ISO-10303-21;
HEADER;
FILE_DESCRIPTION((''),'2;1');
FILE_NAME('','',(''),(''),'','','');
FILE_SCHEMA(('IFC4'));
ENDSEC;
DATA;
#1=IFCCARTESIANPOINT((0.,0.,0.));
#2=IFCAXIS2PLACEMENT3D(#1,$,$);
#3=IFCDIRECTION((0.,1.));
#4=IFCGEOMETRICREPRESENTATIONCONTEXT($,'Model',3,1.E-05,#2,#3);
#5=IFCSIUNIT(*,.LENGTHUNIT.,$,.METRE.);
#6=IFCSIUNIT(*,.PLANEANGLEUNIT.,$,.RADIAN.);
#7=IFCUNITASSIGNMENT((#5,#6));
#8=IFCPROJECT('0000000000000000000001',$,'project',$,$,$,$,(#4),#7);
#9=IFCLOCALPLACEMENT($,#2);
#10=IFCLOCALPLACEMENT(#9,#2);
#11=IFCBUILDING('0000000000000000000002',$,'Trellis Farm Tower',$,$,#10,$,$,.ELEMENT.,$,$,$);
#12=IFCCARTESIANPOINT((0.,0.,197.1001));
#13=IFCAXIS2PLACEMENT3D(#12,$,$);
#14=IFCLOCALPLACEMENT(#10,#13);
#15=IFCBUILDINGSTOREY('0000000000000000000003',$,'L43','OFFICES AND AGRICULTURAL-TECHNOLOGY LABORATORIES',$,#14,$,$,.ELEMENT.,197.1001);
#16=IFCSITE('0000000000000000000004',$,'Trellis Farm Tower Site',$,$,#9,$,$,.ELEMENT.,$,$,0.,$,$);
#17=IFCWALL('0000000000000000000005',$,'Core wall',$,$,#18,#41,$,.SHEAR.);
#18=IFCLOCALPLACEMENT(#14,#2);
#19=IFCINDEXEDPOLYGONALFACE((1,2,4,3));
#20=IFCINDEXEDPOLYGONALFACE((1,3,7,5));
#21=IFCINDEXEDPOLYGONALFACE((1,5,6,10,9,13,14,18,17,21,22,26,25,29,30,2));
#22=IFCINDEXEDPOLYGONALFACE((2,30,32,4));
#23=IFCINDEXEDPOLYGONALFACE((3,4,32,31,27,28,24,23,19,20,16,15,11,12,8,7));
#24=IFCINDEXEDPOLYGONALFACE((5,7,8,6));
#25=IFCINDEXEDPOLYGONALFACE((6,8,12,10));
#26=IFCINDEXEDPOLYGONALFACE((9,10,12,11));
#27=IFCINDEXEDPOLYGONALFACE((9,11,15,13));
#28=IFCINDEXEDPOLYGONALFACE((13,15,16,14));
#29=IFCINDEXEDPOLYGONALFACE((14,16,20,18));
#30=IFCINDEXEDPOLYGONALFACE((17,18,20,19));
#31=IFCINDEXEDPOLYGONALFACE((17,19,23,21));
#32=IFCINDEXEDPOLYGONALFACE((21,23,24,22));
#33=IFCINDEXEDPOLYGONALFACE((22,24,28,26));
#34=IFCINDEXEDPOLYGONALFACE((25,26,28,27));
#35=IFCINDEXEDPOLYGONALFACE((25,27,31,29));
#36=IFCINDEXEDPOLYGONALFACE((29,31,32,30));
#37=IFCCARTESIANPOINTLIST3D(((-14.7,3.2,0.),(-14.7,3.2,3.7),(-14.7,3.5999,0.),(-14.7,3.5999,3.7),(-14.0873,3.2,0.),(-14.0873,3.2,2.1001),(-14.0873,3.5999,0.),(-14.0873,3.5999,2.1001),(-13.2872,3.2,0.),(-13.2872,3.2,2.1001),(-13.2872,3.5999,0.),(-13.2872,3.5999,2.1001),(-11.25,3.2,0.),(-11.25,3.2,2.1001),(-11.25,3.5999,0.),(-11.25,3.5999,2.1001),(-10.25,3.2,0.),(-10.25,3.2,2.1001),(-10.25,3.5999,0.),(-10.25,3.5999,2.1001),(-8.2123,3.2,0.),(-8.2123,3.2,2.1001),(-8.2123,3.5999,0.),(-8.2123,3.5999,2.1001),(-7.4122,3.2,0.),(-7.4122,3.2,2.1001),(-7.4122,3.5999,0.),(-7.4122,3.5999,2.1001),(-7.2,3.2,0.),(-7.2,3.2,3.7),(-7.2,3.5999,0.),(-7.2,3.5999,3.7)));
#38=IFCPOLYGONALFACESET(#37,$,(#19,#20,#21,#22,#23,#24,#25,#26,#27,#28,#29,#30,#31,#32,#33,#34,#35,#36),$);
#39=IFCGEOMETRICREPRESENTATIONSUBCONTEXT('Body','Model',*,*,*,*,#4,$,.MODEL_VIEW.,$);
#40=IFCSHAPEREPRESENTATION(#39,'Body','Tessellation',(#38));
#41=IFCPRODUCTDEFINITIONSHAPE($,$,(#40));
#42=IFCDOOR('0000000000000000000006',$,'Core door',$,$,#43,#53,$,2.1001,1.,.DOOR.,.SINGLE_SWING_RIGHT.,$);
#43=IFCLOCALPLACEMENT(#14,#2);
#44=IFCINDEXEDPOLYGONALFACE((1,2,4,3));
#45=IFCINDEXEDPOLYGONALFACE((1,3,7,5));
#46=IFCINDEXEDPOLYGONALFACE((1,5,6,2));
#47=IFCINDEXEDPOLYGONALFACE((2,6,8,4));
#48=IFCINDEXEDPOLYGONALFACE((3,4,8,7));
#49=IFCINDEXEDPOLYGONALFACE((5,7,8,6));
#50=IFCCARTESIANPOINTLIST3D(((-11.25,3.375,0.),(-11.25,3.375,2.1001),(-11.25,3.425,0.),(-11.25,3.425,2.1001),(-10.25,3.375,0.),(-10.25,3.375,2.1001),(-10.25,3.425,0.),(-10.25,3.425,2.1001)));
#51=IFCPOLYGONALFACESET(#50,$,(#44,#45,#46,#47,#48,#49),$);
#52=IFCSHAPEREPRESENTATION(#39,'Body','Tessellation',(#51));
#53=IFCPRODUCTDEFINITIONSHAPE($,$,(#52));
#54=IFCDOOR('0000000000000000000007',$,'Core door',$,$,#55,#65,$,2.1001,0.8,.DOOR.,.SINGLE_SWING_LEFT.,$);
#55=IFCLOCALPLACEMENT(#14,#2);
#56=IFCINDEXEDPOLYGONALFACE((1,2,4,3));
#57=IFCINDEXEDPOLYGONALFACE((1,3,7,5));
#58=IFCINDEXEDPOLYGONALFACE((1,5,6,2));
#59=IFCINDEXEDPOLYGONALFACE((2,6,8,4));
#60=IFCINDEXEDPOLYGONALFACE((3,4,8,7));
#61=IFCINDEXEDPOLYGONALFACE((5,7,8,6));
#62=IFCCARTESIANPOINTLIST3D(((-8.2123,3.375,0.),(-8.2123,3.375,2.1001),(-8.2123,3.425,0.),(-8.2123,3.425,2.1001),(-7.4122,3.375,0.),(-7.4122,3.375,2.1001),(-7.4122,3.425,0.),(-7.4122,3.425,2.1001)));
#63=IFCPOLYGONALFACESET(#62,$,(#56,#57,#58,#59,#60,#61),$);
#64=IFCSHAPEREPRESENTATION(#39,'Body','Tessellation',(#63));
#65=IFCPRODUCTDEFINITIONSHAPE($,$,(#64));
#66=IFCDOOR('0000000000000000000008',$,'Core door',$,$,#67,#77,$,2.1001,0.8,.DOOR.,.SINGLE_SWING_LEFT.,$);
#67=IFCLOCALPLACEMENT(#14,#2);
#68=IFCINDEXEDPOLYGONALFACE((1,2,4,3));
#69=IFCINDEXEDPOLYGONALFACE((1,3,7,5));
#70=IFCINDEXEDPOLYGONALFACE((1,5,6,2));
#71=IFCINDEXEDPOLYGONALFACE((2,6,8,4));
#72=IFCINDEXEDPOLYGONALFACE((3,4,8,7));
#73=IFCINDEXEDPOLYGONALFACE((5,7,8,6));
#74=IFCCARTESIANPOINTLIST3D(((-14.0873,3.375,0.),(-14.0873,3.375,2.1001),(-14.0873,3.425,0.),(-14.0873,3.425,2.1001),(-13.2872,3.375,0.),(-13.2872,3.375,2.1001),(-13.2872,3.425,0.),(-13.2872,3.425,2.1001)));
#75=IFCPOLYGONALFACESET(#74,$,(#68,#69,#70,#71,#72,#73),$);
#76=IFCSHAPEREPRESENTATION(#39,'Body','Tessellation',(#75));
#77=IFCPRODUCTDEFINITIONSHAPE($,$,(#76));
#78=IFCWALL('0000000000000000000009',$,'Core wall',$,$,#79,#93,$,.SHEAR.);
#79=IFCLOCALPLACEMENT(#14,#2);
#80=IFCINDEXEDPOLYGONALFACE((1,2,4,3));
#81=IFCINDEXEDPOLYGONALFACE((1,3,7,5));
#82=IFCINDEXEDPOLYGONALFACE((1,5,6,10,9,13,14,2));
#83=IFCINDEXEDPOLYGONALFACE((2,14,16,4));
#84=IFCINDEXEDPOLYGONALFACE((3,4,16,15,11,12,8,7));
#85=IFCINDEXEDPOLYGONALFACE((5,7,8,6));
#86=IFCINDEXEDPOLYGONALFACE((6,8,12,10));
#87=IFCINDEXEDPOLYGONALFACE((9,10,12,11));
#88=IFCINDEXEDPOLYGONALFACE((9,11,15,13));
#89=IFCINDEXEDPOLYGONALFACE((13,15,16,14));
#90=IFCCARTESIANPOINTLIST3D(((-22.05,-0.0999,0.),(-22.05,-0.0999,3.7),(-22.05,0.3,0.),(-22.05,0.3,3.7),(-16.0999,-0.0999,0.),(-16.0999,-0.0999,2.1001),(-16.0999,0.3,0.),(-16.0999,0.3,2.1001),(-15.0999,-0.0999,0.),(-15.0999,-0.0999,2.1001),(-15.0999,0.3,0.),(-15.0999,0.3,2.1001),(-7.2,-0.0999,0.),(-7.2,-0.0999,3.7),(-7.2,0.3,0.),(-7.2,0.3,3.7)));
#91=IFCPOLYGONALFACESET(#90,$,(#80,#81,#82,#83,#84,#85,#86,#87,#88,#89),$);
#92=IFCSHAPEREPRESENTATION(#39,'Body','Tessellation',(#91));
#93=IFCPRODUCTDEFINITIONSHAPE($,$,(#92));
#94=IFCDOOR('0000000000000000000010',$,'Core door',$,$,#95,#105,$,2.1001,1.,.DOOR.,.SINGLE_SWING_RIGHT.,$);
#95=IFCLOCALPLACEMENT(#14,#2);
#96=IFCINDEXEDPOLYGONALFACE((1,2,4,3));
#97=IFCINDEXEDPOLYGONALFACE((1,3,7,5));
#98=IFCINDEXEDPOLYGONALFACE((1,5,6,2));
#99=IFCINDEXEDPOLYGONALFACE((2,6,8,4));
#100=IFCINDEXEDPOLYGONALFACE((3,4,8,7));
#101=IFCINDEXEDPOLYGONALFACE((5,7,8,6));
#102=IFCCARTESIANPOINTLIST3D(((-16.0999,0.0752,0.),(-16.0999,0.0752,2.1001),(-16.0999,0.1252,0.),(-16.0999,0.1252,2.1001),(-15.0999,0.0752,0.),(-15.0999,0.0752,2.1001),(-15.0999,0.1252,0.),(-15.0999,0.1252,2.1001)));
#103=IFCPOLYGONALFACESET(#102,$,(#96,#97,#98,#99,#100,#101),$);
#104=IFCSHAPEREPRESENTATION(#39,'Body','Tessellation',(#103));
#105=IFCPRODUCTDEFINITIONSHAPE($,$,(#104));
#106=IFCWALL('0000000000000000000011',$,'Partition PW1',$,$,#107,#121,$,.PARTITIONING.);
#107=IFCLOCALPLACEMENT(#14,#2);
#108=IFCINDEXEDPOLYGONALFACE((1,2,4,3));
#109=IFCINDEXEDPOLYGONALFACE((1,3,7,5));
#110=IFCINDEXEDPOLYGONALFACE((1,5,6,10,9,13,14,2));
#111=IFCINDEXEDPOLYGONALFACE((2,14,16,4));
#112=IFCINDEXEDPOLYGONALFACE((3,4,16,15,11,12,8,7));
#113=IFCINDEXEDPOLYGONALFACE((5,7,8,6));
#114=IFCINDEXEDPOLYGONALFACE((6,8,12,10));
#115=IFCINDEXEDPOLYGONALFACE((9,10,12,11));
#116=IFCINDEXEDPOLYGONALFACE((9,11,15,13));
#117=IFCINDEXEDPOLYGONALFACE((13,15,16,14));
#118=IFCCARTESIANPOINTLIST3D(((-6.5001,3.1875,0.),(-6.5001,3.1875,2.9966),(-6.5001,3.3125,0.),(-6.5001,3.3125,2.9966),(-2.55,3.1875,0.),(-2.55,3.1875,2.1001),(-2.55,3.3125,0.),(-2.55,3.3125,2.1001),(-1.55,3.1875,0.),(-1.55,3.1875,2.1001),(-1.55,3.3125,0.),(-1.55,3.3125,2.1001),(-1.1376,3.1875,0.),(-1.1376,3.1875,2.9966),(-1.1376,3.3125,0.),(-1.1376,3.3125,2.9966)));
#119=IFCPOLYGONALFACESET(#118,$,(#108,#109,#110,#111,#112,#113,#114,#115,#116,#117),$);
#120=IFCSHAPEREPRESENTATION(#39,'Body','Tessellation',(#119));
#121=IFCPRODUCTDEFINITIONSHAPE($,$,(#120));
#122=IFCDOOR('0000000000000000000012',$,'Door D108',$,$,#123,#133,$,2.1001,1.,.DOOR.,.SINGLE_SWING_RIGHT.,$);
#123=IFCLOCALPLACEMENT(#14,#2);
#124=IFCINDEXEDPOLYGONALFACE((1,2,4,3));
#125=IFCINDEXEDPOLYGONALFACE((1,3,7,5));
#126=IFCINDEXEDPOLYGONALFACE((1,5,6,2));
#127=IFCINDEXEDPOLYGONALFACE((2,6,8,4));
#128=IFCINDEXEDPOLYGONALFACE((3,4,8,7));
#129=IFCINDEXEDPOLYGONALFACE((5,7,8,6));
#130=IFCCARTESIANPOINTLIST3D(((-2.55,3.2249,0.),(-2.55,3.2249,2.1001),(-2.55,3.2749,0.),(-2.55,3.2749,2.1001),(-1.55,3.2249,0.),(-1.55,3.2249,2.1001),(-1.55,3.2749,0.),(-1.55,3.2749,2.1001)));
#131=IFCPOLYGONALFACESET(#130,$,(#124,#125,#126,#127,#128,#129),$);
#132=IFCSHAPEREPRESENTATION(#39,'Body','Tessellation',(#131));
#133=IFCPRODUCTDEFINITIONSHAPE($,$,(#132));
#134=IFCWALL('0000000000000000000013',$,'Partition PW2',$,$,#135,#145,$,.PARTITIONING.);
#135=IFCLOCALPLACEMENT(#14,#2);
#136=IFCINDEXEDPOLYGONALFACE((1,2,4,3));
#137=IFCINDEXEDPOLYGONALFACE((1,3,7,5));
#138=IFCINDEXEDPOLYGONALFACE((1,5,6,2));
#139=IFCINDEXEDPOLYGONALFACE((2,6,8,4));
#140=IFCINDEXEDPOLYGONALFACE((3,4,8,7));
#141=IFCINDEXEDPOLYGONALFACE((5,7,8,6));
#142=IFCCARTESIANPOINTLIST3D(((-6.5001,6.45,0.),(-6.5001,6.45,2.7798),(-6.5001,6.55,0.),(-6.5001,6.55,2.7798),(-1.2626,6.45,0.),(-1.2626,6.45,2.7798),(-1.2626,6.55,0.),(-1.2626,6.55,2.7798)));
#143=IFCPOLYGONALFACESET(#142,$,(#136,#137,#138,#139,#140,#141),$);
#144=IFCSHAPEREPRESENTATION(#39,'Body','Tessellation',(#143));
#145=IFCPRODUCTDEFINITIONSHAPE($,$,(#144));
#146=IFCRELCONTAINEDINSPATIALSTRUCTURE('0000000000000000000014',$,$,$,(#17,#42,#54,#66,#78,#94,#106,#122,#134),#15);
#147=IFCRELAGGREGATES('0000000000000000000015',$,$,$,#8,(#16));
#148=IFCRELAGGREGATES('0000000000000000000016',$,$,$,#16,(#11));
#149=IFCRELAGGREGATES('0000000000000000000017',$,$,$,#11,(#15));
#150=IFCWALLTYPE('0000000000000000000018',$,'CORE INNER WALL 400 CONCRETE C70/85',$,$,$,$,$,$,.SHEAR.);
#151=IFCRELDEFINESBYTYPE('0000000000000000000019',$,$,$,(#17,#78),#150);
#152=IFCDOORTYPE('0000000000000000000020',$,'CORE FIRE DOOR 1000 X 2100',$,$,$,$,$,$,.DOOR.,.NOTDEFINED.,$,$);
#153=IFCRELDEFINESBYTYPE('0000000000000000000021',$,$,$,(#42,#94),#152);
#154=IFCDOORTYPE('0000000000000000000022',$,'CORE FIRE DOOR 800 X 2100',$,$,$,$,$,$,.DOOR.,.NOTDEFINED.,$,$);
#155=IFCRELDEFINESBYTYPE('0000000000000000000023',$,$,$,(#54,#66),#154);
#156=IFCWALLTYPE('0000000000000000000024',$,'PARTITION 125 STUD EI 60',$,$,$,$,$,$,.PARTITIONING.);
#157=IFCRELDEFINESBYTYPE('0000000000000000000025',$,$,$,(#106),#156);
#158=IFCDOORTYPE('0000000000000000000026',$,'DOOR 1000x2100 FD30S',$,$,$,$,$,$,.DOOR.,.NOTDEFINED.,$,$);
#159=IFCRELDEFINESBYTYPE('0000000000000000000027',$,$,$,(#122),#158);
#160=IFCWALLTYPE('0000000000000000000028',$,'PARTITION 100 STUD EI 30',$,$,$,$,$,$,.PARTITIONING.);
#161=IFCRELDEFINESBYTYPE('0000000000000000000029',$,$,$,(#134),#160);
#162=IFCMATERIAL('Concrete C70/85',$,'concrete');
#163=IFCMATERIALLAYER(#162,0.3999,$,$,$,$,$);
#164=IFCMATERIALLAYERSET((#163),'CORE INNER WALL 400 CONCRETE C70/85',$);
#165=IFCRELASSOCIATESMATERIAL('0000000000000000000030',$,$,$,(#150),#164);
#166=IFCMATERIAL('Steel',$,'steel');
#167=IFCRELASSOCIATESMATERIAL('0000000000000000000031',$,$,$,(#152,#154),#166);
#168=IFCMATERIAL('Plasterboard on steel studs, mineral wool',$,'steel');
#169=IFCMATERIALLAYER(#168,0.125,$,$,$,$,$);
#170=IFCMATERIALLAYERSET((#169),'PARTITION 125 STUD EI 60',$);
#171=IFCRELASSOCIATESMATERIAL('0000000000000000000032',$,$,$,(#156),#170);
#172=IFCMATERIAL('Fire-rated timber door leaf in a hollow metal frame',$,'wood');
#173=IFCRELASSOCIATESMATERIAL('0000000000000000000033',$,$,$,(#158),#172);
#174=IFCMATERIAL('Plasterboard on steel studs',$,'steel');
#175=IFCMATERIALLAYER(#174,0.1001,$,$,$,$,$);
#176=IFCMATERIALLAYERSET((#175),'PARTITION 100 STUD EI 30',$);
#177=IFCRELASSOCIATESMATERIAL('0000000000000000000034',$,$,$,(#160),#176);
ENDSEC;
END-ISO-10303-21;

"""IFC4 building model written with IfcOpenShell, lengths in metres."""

from ifc_helpers import new_model, si_unit, direction, frame, frame_2d, origin, place, context, subcontext, project, spatial, rectangle, extrude, source, transform, mapped, material, layer, layer_set, type_object, element, fill, save


model = new_model("IFC4")

# Units and contexts
model_context = context("Model", 3, precision=1e-05, world=origin(), true_north=direction((0.0, 1.0)))
body_context = subcontext(model_context, "Body", "Model", "MODEL_VIEW")
ifc_project = project(units=[si_unit("LENGTHUNIT", "METRE"), si_unit("PLANEANGLEUNIT", "RADIAN")], contexts=[model_context])

# Site, building, storey
site_placement = place(None, origin())
site = spatial("IfcSite", under=ifc_project, at=site_placement, Name="Trellis Farm Tower Site", CompositionType="ELEMENT", RefElevation=0.0)
building_placement = place(site_placement, origin())
building = spatial("IfcBuilding", under=site, at=building_placement, Name="Trellis Farm Tower", CompositionType="ELEMENT")
storey_placement = place(building_placement, frame((0.0, 0.0, 197.1001)))
storey = spatial("IfcBuildingStorey", under=building, at=storey_placement, Name="L43", Description="OFFICES AND AGRICULTURAL-TECHNOLOGY LABORATORIES", CompositionType="ELEMENT", Elevation=197.1001)

# Shared definitions
ifc_material_1 = material(Name="Concrete C70/85", Category="concrete")

# Shared definitions
ifc_material_2 = material(Name="Steel", Category="steel")

# Wall, openings, doors
ifc_layer_1 = layer(ifc_material_1, 0.3999)
ifc_layer_set_1 = layer_set([ifc_layer_1], Name="CORE INNER WALL 400 CONCRETE C70/85")
wall_type_1 = type_object("IfcWallType", Name="CORE INNER WALL 400 CONCRETE C70/85", PredefinedType="SHEAR", material=ifc_layer_set_1)
shared_shape_1 = source(origin(), body_context, "Body", "SweptSolid", [
    extrude(rectangle(XDim=7.5, YDim=0.3999, at=frame_2d((3.75, 0.0))), origin(), (0.0, 0.0, 1.0), 3.7),
])
wall_1_placement = place(storey_placement, frame((-7.2, 3.3999, 0.0), z_axis=(0.0, 0.0, 1.0), x_axis=(-1.0, 0.0, 0.0)))
wall_1 = element("IfcWall", 1, at=wall_1_placement, inside=storey, type_object=wall_type_1, Name="Core wall", PredefinedType="SHEAR", context=body_context, shape_type="MappedRepresentation", body=[
    mapped(shared_shape_1, transform((0.0, 0.0, 0.0))),
])
shared_shape_2 = source(origin(), body_context, "Body", "SweptSolid", [
    extrude(rectangle(XDim=0.8, YDim=2.1001, at=frame_2d((0.3999, 1.05))), frame((0.0, 0.21, 0.0), z_axis=(0.0, -1.0, 0.0), x_axis=(1.0, 0.0, 0.0)), (0.0, 0.0, 1.0), 0.4199),
])
opening_1_placement = place(wall_1_placement, frame((0.2124, 0.0, 0.0)))
opening_1 = element("IfcOpeningElement", 2, at=opening_1_placement, cuts=wall_1, PredefinedType="OPENING", context=body_context, shape_type="MappedRepresentation", body=[
    mapped(shared_shape_2, transform((0.0, 0.0, 0.0))),
])
shared_shape_3 = source(origin(), body_context, "Body", "SweptSolid", [
    extrude(rectangle(XDim=1.0, YDim=2.1001, at=frame_2d((0.5, 1.05))), frame((0.0, 0.21, 0.0), z_axis=(0.0, -1.0, 0.0), x_axis=(1.0, 0.0, 0.0)), (0.0, 0.0, 1.0), 0.4199),
])
opening_2_placement = place(wall_1_placement, frame((3.05, 0.0, 0.0)))
opening_2 = element("IfcOpeningElement", 3, at=opening_2_placement, cuts=wall_1, PredefinedType="OPENING", context=body_context, shape_type="MappedRepresentation", body=[
    mapped(shared_shape_3, transform((0.0, 0.0, 0.0))),
])
opening_3_placement = place(wall_1_placement, frame((6.0874, 0.0, 0.0)))
opening_3 = element("IfcOpeningElement", 4, at=opening_3_placement, cuts=wall_1, PredefinedType="OPENING", context=body_context, shape_type="MappedRepresentation", body=[
    mapped(shared_shape_2, transform((0.0, 0.0, 0.0))),
])
door_type_1 = type_object("IfcDoorType", Name="CORE FIRE DOOR 1000 X 2100", OperationType="NOTDEFINED", PredefinedType="DOOR", material=ifc_material_2)
shared_shape_4 = source(origin(), body_context, "Body", "SweptSolid", [
    extrude(rectangle(XDim=1.0, YDim=2.1001, at=frame_2d((0.5, 1.05))), frame((0.0, 0.0249, 0.0), z_axis=(0.0, -1.0, 0.0), x_axis=(1.0, 0.0, 0.0)), (0.0, 0.0, 1.0), 0.05),
])
door_1_placement = place(opening_2_placement, origin())
door_1 = element("IfcDoor", 5, at=door_1_placement, inside=storey, type_object=door_type_1, Name="Core door", OperationType="SINGLE_SWING_RIGHT", OverallHeight=2.1001, OverallWidth=1.0, PredefinedType="DOOR", context=body_context, shape_type="MappedRepresentation", body=[
    mapped(shared_shape_4, transform((0.0, 0.0, 0.0))),
])
fill(opening_2, door_1)
door_type_2 = type_object("IfcDoorType", Name="CORE FIRE DOOR 800 X 2100", OperationType="NOTDEFINED", PredefinedType="DOOR", material=ifc_material_2)
shared_shape_5 = source(origin(), body_context, "Body", "SweptSolid", [
    extrude(rectangle(XDim=0.8, YDim=2.1001, at=frame_2d((0.3999, 1.05))), frame((0.0, 0.0249, 0.0), z_axis=(0.0, -1.0, 0.0), x_axis=(1.0, 0.0, 0.0)), (0.0, 0.0, 1.0), 0.05),
])
door_2_placement = place(opening_1_placement, origin())
door_2 = element("IfcDoor", 6, at=door_2_placement, inside=storey, type_object=door_type_2, Name="Core door", OperationType="SINGLE_SWING_LEFT", OverallHeight=2.1001, OverallWidth=0.8, PredefinedType="DOOR", context=body_context, shape_type="MappedRepresentation", body=[
    mapped(shared_shape_5, transform((0.0, 0.0, 0.0))),
])
fill(opening_1, door_2)
door_3_placement = place(opening_3_placement, origin())
door_3 = element("IfcDoor", 7, at=door_3_placement, inside=storey, type_object=door_type_2, Name="Core door", OperationType="SINGLE_SWING_LEFT", OverallHeight=2.1001, OverallWidth=0.8, PredefinedType="DOOR", context=body_context, shape_type="MappedRepresentation", body=[
    mapped(shared_shape_5, transform((0.0, 0.0, 0.0))),
])
fill(opening_3, door_3)

# Walls, openings, doors
shared_shape_6 = source(origin(), body_context, "Body", "SweptSolid", [
    extrude(rectangle(XDim=14.8501, YDim=0.3999, at=frame_2d((7.425, 0.0))), origin(), (0.0, 0.0, 1.0), 3.7),
])
wall_2_placement = place(storey_placement, frame((-7.2, 0.1001, 0.0), z_axis=(0.0, 0.0, 1.0), x_axis=(-1.0, 0.0, 0.0)))
wall_2 = element("IfcWall", 8, at=wall_2_placement, inside=storey, type_object=wall_type_1, Name="Core wall", PredefinedType="SHEAR", context=body_context, shape_type="MappedRepresentation", body=[
    mapped(shared_shape_6, transform((0.0, 0.0, 0.0))),
])
opening_4_placement = place(wall_2_placement, frame((7.8999, 0.0, 0.0)))
opening_4 = element("IfcOpeningElement", 9, at=opening_4_placement, cuts=wall_2, PredefinedType="OPENING", context=body_context, shape_type="MappedRepresentation", body=[
    mapped(shared_shape_3, transform((0.0, 0.0, 0.0))),
])
door_4_placement = place(opening_4_placement, origin())
door_4 = element("IfcDoor", 10, at=door_4_placement, inside=storey, type_object=door_type_1, Name="Core door", OperationType="SINGLE_SWING_RIGHT", OverallHeight=2.1001, OverallWidth=1.0, PredefinedType="DOOR", context=body_context, shape_type="MappedRepresentation", body=[
    mapped(shared_shape_4, transform((0.0, 0.0, 0.0))),
])
fill(opening_4, door_4)
ifc_material_3 = material(Name="Plasterboard on steel studs, mineral wool", Category="steel")
ifc_layer_2 = layer(ifc_material_3, 0.125)
ifc_layer_set_2 = layer_set([ifc_layer_2], Name="PARTITION 125 STUD EI 60")
wall_type_2 = type_object("IfcWallType", Name="PARTITION 125 STUD EI 60", PredefinedType="PARTITIONING", material=ifc_layer_set_2)
shared_shape_7 = source(origin(), body_context, "Body", "SweptSolid", [
    extrude(rectangle(XDim=5.3625, YDim=0.125, at=frame_2d((2.6812, 0.0))), origin(), (0.0, 0.0, 1.0), 2.9966),
])
wall_3_placement = place(storey_placement, frame((-6.5, 3.25, 0.0), z_axis=(0.0, 0.0, 1.0), x_axis=(1.0, 0.0, 0.0)))
wall_3 = element("IfcWall", 11, at=wall_3_placement, inside=storey, type_object=wall_type_2, Name="Partition PW1", PredefinedType="PARTITIONING", context=body_context, shape_type="MappedRepresentation", body=[
    mapped(shared_shape_7, transform((0.0, 0.0, 0.0))),
])
shared_shape_8 = source(origin(), body_context, "Body", "SweptSolid", [
    extrude(rectangle(XDim=1.0, YDim=2.1001, at=frame_2d((0.5, 1.05))), frame((0.0, 0.0725, 0.0), z_axis=(0.0, -1.0, 0.0), x_axis=(1.0, 0.0, 0.0)), (0.0, 0.0, 1.0), 0.145),
])
opening_5_placement = place(wall_3_placement, frame((3.95, 0.0, 0.0)))
opening_5 = element("IfcOpeningElement", 12, at=opening_5_placement, cuts=wall_3, PredefinedType="OPENING", context=body_context, shape_type="MappedRepresentation", body=[
    mapped(shared_shape_8, transform((0.0, 0.0, 0.0))),
])
ifc_material_4 = material(Name="Fire-rated timber door leaf in a hollow metal frame", Category="wood")
door_type_3 = type_object("IfcDoorType", Name="DOOR 1000x2100 FD30S", OperationType="NOTDEFINED", PredefinedType="DOOR", material=ifc_material_4)
door_5_placement = place(opening_5_placement, origin())
door_5 = element("IfcDoor", 13, at=door_5_placement, inside=storey, type_object=door_type_3, Name="Door D108", OperationType="SINGLE_SWING_RIGHT", OverallHeight=2.1001, OverallWidth=1.0, PredefinedType="DOOR", context=body_context, shape_type="MappedRepresentation", body=[
    mapped(shared_shape_4, transform((0.0, 0.0, 0.0))),
])
fill(opening_5, door_5)

# Wall
ifc_material_5 = material(Name="Plasterboard on steel studs", Category="steel")
ifc_layer_3 = layer(ifc_material_5, 0.1001)
ifc_layer_set_3 = layer_set([ifc_layer_3], Name="PARTITION 100 STUD EI 30")
wall_type_3 = type_object("IfcWallType", Name="PARTITION 100 STUD EI 30", PredefinedType="PARTITIONING", material=ifc_layer_set_3)
shared_shape_9 = source(origin(), body_context, "Body", "SweptSolid", [
    extrude(rectangle(XDim=5.2375, YDim=0.1001, at=frame_2d((2.6187, 0.0))), origin(), (0.0, 0.0, 1.0), 2.7798),
])
wall_4_placement = place(storey_placement, frame((-6.5, 6.5, 0.0), z_axis=(0.0, 0.0, 1.0), x_axis=(1.0, 0.0, 0.0)))
element("IfcWall", 14, at=wall_4_placement, inside=storey, type_object=wall_type_3, Name="Partition PW2", PredefinedType="PARTITIONING", context=body_context, shape_type="MappedRepresentation", body=[
    mapped(shared_shape_9, transform((0.0, 0.0, 0.0))),
])

save(model, "model.ifc")
